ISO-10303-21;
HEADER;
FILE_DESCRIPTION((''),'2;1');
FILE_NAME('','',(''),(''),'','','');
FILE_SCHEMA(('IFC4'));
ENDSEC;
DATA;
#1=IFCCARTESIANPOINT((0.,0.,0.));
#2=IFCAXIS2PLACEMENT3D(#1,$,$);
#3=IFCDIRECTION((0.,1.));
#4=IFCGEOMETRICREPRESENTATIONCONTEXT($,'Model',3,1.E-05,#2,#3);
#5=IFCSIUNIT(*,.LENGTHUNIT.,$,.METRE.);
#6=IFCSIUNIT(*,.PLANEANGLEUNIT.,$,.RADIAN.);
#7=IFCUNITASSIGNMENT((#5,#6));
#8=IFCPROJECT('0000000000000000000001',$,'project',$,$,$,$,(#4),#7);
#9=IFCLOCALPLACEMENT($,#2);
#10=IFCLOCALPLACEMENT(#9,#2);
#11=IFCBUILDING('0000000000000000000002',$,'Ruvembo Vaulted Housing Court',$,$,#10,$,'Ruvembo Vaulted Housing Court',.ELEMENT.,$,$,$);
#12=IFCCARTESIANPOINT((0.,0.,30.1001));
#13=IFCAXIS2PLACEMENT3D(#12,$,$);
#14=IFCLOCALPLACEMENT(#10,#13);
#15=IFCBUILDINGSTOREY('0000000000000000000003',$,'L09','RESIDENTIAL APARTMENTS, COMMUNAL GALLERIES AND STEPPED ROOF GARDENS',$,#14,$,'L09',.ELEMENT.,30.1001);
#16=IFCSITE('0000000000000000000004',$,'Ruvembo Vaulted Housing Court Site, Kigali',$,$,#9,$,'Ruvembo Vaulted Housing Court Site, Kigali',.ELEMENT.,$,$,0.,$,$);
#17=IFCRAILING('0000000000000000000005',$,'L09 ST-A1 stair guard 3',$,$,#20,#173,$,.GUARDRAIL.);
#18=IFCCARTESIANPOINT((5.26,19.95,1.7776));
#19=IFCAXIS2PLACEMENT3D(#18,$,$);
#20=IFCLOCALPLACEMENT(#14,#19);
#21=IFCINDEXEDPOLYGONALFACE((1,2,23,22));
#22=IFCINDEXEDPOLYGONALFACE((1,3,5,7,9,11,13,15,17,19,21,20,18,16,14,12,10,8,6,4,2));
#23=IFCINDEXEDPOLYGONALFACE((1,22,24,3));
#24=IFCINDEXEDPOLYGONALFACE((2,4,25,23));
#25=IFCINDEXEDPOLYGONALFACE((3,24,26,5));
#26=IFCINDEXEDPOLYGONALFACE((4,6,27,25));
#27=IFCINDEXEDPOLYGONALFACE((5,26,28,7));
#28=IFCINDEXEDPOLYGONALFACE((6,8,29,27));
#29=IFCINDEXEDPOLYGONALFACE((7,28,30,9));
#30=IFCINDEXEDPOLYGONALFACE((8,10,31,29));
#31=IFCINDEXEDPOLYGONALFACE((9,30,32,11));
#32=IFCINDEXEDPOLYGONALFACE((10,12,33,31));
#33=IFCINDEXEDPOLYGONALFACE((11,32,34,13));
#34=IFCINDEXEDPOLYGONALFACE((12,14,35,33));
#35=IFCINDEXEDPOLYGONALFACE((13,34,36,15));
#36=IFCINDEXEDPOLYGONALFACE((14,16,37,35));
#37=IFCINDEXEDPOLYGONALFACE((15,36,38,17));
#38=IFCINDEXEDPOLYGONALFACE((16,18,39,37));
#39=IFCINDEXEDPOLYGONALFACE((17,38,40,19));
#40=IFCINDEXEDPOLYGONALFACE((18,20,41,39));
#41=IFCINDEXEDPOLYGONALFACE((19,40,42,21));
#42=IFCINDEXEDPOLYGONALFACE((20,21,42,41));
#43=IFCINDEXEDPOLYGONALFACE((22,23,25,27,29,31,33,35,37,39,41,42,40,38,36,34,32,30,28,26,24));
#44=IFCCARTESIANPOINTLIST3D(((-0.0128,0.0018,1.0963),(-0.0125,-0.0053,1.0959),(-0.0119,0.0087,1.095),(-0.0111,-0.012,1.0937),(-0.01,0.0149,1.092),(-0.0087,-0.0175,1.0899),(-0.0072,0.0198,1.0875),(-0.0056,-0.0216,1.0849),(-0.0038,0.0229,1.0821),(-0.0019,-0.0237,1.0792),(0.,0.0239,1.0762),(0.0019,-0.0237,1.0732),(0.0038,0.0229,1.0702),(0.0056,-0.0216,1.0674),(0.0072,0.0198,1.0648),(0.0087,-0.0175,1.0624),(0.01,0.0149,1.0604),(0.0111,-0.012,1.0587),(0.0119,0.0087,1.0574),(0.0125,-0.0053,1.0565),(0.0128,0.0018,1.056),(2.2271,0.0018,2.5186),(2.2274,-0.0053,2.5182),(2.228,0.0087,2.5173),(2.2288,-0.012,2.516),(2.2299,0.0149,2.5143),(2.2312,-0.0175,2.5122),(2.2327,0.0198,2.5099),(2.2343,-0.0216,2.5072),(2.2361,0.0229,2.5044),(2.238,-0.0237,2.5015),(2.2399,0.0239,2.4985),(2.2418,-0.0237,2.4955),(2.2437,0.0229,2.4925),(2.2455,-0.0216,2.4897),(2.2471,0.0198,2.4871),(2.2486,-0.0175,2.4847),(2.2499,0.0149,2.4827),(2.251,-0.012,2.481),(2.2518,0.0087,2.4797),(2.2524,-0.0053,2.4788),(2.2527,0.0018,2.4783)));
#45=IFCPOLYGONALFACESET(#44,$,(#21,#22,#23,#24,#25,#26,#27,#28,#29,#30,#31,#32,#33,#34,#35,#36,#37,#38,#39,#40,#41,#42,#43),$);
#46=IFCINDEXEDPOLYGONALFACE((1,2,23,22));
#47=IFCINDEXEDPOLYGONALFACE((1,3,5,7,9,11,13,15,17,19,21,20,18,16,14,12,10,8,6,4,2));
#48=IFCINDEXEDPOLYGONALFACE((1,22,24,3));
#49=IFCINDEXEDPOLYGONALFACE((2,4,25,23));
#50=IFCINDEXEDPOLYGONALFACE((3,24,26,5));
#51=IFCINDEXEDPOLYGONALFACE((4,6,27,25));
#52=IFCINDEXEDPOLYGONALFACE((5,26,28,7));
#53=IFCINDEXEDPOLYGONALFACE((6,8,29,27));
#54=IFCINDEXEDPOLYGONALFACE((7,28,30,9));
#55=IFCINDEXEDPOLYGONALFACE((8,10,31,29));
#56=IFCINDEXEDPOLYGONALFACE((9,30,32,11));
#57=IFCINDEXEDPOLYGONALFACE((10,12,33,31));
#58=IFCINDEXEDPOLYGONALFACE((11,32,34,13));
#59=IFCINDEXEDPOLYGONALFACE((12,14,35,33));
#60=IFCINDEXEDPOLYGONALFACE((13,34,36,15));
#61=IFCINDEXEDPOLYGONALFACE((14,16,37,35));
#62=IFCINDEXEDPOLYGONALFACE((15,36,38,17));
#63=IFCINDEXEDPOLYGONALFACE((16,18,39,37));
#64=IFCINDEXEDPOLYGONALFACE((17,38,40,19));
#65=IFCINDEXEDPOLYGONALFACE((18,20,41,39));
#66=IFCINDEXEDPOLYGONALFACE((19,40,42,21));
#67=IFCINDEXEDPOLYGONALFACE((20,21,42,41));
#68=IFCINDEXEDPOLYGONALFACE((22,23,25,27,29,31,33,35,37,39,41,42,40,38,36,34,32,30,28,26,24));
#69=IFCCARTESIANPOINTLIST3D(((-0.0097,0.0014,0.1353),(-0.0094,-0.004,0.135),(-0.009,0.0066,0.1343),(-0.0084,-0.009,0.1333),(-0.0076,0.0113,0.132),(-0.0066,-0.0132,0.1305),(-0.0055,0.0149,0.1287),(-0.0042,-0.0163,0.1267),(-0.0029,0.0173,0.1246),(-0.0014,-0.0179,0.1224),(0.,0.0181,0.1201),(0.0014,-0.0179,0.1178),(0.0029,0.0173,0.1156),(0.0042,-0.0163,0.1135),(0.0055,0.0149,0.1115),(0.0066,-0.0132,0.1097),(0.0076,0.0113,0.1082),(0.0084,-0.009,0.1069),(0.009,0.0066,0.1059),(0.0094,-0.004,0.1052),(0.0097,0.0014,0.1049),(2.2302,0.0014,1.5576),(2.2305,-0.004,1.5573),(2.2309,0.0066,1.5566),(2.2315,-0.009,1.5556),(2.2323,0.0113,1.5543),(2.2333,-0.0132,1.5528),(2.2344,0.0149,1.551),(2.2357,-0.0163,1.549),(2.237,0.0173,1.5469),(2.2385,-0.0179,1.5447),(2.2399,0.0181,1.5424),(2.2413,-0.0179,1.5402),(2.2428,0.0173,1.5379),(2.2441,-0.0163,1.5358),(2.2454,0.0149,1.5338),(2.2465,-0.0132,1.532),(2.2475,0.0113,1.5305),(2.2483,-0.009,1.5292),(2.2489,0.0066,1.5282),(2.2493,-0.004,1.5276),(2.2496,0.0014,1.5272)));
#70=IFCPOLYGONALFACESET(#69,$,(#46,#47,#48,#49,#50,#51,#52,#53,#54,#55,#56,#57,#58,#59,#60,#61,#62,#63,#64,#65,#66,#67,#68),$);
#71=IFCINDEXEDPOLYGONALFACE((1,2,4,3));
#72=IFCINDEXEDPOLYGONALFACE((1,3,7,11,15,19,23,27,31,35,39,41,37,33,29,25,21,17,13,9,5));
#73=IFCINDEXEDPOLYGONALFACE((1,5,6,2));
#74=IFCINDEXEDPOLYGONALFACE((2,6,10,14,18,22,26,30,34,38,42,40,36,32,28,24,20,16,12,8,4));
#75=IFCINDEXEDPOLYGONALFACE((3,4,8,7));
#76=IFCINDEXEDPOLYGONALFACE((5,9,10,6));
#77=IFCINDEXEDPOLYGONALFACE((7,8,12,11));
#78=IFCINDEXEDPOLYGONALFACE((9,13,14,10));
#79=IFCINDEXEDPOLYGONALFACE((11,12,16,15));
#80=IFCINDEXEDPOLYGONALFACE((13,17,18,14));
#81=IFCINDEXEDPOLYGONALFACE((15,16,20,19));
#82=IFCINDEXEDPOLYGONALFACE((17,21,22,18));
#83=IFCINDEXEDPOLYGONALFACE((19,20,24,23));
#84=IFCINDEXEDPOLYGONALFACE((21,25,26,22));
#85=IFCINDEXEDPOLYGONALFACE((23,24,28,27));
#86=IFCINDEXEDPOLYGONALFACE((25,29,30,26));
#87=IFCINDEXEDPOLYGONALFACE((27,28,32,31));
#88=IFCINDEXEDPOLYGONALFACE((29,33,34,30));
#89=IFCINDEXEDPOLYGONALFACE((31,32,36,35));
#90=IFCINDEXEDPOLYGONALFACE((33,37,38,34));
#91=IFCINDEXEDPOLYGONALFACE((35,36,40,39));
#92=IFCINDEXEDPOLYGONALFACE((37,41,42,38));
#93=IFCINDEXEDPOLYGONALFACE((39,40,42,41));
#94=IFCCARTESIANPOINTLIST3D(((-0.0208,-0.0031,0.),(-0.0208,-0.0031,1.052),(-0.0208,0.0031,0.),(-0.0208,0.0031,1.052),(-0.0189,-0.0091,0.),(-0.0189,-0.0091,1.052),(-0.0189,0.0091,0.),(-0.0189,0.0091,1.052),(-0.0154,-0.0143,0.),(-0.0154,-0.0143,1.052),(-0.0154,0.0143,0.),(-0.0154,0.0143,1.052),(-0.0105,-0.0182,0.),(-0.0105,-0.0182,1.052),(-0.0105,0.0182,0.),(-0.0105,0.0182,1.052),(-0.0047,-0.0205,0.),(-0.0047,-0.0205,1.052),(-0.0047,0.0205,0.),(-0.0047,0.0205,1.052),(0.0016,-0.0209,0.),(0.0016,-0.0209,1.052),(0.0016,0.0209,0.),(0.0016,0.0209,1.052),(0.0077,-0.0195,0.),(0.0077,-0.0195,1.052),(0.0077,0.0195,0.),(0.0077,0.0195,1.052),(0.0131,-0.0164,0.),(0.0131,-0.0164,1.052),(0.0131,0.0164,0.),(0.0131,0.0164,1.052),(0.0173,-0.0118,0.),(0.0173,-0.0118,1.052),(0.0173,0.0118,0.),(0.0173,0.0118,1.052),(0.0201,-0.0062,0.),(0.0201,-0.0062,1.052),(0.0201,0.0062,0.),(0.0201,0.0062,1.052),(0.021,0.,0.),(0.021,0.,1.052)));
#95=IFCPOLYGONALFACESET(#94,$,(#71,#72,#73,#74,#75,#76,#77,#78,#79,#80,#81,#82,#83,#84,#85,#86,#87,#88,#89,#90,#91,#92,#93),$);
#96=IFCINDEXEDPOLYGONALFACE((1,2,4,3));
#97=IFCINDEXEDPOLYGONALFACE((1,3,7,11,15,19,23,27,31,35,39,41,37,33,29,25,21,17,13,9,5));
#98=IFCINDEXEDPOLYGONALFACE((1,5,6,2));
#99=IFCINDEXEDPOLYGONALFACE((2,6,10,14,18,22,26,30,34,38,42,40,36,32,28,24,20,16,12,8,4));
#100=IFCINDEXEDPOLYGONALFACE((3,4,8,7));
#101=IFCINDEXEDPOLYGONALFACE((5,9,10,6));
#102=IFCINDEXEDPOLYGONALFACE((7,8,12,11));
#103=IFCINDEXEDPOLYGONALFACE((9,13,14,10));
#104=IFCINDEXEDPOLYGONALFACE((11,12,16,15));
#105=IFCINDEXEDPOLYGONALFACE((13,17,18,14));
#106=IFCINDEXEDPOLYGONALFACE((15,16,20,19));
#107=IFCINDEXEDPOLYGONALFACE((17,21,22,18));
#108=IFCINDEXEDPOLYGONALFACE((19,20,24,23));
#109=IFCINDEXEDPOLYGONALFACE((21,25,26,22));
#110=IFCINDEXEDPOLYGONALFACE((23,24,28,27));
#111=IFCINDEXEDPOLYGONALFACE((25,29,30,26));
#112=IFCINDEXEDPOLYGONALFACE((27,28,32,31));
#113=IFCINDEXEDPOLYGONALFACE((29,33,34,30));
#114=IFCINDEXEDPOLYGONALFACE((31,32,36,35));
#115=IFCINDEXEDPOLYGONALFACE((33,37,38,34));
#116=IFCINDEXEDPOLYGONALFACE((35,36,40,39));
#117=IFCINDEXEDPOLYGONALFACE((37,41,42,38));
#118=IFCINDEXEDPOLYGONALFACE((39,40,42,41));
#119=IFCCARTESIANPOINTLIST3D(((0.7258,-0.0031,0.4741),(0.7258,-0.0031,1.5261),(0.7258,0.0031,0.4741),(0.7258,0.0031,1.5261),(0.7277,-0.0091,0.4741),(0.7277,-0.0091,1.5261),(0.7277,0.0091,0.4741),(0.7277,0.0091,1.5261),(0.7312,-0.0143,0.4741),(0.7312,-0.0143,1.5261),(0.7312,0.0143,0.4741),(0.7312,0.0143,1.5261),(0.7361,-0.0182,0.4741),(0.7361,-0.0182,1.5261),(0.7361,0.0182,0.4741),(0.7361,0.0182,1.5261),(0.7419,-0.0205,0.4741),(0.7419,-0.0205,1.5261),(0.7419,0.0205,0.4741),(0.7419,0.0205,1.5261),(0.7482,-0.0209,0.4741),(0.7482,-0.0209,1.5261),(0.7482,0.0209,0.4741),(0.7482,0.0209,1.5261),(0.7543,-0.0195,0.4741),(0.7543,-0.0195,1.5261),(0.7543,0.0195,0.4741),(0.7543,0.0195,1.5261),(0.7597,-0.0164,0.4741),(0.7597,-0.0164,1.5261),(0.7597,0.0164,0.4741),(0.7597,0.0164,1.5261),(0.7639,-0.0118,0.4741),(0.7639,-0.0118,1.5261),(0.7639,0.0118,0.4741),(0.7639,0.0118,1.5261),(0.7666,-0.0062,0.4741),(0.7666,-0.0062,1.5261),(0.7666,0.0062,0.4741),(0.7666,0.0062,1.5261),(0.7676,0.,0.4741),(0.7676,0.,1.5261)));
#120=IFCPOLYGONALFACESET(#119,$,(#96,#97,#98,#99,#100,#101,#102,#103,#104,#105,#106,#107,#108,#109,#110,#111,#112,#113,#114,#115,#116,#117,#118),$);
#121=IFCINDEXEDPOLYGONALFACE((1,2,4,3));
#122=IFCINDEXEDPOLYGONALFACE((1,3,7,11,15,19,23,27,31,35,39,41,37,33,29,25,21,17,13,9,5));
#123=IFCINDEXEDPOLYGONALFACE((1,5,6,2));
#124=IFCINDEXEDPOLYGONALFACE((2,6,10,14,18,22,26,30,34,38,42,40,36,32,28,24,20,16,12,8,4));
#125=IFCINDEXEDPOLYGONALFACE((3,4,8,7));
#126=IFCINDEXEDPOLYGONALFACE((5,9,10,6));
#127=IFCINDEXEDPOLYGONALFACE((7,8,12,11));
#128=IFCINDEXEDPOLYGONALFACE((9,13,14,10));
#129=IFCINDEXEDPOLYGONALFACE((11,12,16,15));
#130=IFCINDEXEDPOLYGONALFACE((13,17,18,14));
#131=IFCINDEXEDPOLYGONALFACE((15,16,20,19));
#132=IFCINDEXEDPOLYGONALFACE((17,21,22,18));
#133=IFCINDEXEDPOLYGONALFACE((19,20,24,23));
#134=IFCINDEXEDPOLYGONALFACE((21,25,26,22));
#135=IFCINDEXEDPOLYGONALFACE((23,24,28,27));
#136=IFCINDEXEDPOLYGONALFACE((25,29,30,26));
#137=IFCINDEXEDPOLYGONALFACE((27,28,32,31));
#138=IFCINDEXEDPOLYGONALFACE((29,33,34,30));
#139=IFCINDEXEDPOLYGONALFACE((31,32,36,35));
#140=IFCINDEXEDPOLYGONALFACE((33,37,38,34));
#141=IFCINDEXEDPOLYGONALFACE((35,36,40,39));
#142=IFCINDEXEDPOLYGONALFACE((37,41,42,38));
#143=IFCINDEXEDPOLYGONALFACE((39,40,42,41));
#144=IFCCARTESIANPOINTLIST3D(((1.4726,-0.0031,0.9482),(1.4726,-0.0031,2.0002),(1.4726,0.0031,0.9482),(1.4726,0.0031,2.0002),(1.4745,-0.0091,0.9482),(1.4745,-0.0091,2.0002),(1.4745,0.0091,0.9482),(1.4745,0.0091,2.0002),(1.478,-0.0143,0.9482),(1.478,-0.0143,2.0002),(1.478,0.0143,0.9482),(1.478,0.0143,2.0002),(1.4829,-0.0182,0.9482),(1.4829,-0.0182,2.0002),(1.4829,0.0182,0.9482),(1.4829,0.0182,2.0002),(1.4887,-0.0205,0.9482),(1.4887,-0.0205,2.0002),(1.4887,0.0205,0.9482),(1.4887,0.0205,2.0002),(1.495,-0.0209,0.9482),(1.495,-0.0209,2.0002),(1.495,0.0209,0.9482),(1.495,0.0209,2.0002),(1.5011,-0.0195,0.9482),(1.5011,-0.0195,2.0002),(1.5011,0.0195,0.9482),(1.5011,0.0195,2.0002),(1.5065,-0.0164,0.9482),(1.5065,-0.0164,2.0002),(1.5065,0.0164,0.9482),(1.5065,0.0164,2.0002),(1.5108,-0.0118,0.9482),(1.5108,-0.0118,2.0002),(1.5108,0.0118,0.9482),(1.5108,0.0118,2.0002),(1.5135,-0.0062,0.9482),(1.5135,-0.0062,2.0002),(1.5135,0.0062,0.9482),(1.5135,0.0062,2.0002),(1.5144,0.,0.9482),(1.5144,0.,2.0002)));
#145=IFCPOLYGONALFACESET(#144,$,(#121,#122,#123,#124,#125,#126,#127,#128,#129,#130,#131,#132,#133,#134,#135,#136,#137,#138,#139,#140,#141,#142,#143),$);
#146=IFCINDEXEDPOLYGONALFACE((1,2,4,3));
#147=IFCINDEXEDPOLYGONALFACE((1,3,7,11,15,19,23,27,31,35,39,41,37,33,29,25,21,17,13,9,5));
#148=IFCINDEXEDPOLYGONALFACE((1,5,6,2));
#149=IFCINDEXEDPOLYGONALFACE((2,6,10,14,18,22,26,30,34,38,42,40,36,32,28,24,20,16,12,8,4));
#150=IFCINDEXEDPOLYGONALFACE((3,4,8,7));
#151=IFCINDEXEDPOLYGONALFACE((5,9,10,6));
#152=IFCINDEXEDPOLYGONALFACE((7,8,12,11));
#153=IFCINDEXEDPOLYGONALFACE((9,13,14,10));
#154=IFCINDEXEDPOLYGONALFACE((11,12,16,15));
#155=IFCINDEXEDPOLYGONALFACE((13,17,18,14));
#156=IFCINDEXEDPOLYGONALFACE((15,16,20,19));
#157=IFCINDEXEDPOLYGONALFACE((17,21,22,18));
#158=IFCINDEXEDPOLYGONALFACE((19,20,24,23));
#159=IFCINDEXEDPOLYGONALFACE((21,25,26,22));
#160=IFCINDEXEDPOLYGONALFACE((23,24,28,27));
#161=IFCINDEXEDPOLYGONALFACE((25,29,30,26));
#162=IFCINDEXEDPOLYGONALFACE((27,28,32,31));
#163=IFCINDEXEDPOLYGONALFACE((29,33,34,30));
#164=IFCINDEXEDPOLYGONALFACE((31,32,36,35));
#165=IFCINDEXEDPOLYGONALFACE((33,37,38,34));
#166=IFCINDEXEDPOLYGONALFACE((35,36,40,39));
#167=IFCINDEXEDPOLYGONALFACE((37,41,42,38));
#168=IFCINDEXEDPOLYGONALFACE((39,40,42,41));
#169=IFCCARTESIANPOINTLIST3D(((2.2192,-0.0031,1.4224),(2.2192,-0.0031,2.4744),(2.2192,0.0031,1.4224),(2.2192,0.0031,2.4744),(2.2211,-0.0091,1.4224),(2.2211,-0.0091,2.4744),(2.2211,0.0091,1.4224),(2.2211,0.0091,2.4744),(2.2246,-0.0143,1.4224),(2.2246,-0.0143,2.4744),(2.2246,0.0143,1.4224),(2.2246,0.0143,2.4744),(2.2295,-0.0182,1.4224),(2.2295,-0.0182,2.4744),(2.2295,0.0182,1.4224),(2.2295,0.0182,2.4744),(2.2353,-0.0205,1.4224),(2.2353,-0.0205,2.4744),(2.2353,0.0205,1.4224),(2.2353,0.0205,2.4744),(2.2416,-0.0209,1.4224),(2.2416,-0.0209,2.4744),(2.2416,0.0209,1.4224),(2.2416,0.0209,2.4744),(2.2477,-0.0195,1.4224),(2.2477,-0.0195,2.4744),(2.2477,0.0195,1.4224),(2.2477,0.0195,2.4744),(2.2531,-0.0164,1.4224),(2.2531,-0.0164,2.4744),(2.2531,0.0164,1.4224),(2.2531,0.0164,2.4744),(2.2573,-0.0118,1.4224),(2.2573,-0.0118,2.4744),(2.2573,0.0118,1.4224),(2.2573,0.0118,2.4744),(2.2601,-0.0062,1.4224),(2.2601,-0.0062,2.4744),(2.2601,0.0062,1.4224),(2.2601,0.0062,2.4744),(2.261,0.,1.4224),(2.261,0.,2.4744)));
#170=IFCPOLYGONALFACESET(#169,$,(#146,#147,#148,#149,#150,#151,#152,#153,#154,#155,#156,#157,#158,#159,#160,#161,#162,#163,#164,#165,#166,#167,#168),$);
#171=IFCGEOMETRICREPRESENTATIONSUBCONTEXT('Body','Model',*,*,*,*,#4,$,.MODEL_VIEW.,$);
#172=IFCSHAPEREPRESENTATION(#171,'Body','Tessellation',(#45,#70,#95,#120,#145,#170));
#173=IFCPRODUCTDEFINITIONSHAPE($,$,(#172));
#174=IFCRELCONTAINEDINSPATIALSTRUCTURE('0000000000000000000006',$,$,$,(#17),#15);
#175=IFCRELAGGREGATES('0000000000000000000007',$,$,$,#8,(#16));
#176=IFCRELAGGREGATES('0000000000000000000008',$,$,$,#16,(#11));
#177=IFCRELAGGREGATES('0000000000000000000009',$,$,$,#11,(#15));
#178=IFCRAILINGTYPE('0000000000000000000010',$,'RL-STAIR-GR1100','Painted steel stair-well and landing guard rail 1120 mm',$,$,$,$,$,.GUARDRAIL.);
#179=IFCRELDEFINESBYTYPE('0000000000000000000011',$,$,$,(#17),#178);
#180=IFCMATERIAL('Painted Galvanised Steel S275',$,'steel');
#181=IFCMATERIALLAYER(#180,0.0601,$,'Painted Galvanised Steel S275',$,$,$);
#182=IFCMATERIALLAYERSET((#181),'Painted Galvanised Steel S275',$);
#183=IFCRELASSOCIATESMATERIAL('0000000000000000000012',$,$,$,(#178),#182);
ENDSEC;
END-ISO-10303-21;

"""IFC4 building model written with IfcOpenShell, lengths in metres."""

from ifc_helpers import new_model, si_unit, direction, frame, origin, origin_2d, place, context, subcontext, project, spatial, circle, extrude, material, layer, layer_set, type_object, element, save


model = new_model("IFC4")

# Units and contexts
model_context = context("Model", 3, precision=1e-05, world=origin(), true_north=direction((0.0, 1.0)))
body_context = subcontext(model_context, "Body", "Model", "MODEL_VIEW")
ifc_project = project(units=[si_unit("LENGTHUNIT", "METRE"), si_unit("PLANEANGLEUNIT", "RADIAN")], contexts=[model_context])

# Site, building, storey
site_placement = place(None, origin())
site = spatial("IfcSite", under=ifc_project, at=site_placement, Name="Ruvembo Vaulted Housing Court Site, Kigali", LongName="Ruvembo Vaulted Housing Court Site, Kigali", CompositionType="ELEMENT", RefElevation=0.0)
building_placement = place(site_placement, origin())
building = spatial("IfcBuilding", under=site, at=building_placement, Name="Ruvembo Vaulted Housing Court", LongName="Ruvembo Vaulted Housing Court", CompositionType="ELEMENT")
storey_placement = place(building_placement, frame((0.0, 0.0, 30.1001)))
storey = spatial("IfcBuildingStorey", under=building, at=storey_placement, Name="L09", Description="RESIDENTIAL APARTMENTS, COMMUNAL GALLERIES AND STEPPED ROOF GARDENS", LongName="L09", CompositionType="ELEMENT", Elevation=30.1001)

# Railing
ifc_material_1 = material(Name="Painted Galvanised Steel S275", Category="steel")
ifc_layer_1 = layer(ifc_material_1, 0.0601, Name="Painted Galvanised Steel S275")
ifc_layer_set_1 = layer_set([ifc_layer_1], Name="Painted Galvanised Steel S275")
railing_type_1 = type_object("IfcRailingType", Name="RL-STAIR-GR1100", Description="Painted steel stair-well and landing guard rail 1120 mm", PredefinedType="GUARDRAIL", material=ifc_layer_set_1)
railing_1_placement = place(storey_placement, frame((5.26, 19.95, 1.7776)))
element("IfcRailing", 1, at=railing_1_placement, inside=storey, type_object=railing_type_1, Name="L09 ST-A1 stair guard 3", PredefinedType="GUARDRAIL", context=body_context, shape_type="SweptSolid", body=[
    extrude(circle(Radius=0.0239, at=origin_2d()), frame((0.0, 0.0, 1.0762), z_axis=(0.844188, 0.0, 0.536048), x_axis=(0.0, 1.0, 0.0)), (0.0, 0.0, 1.0), 2.6533),
    extrude(circle(Radius=0.0181, at=origin_2d()), frame((0.0, 0.0, 0.1201), z_axis=(0.844188, 0.0, 0.536048), x_axis=(0.0, 1.0, 0.0)), (0.0, 0.0, 1.0), 2.6533),
    extrude(circle(Radius=0.021, at=origin_2d()), origin(), (0.0, 0.0, 1.0), 1.052),
    extrude(circle(Radius=0.021, at=origin_2d()), frame((0.7466, 0.0, 0.4741)), (0.0, 0.0, 1.0), 1.052),
    extrude(circle(Radius=0.021, at=origin_2d()), frame((1.4934, 0.0, 0.9482)), (0.0, 0.0, 1.0), 1.052),
    extrude(circle(Radius=0.021, at=origin_2d()), frame((2.24, 0.0, 1.4224)), (0.0, 0.0, 1.0), 1.052),
])

save(model, "model.ifc")
